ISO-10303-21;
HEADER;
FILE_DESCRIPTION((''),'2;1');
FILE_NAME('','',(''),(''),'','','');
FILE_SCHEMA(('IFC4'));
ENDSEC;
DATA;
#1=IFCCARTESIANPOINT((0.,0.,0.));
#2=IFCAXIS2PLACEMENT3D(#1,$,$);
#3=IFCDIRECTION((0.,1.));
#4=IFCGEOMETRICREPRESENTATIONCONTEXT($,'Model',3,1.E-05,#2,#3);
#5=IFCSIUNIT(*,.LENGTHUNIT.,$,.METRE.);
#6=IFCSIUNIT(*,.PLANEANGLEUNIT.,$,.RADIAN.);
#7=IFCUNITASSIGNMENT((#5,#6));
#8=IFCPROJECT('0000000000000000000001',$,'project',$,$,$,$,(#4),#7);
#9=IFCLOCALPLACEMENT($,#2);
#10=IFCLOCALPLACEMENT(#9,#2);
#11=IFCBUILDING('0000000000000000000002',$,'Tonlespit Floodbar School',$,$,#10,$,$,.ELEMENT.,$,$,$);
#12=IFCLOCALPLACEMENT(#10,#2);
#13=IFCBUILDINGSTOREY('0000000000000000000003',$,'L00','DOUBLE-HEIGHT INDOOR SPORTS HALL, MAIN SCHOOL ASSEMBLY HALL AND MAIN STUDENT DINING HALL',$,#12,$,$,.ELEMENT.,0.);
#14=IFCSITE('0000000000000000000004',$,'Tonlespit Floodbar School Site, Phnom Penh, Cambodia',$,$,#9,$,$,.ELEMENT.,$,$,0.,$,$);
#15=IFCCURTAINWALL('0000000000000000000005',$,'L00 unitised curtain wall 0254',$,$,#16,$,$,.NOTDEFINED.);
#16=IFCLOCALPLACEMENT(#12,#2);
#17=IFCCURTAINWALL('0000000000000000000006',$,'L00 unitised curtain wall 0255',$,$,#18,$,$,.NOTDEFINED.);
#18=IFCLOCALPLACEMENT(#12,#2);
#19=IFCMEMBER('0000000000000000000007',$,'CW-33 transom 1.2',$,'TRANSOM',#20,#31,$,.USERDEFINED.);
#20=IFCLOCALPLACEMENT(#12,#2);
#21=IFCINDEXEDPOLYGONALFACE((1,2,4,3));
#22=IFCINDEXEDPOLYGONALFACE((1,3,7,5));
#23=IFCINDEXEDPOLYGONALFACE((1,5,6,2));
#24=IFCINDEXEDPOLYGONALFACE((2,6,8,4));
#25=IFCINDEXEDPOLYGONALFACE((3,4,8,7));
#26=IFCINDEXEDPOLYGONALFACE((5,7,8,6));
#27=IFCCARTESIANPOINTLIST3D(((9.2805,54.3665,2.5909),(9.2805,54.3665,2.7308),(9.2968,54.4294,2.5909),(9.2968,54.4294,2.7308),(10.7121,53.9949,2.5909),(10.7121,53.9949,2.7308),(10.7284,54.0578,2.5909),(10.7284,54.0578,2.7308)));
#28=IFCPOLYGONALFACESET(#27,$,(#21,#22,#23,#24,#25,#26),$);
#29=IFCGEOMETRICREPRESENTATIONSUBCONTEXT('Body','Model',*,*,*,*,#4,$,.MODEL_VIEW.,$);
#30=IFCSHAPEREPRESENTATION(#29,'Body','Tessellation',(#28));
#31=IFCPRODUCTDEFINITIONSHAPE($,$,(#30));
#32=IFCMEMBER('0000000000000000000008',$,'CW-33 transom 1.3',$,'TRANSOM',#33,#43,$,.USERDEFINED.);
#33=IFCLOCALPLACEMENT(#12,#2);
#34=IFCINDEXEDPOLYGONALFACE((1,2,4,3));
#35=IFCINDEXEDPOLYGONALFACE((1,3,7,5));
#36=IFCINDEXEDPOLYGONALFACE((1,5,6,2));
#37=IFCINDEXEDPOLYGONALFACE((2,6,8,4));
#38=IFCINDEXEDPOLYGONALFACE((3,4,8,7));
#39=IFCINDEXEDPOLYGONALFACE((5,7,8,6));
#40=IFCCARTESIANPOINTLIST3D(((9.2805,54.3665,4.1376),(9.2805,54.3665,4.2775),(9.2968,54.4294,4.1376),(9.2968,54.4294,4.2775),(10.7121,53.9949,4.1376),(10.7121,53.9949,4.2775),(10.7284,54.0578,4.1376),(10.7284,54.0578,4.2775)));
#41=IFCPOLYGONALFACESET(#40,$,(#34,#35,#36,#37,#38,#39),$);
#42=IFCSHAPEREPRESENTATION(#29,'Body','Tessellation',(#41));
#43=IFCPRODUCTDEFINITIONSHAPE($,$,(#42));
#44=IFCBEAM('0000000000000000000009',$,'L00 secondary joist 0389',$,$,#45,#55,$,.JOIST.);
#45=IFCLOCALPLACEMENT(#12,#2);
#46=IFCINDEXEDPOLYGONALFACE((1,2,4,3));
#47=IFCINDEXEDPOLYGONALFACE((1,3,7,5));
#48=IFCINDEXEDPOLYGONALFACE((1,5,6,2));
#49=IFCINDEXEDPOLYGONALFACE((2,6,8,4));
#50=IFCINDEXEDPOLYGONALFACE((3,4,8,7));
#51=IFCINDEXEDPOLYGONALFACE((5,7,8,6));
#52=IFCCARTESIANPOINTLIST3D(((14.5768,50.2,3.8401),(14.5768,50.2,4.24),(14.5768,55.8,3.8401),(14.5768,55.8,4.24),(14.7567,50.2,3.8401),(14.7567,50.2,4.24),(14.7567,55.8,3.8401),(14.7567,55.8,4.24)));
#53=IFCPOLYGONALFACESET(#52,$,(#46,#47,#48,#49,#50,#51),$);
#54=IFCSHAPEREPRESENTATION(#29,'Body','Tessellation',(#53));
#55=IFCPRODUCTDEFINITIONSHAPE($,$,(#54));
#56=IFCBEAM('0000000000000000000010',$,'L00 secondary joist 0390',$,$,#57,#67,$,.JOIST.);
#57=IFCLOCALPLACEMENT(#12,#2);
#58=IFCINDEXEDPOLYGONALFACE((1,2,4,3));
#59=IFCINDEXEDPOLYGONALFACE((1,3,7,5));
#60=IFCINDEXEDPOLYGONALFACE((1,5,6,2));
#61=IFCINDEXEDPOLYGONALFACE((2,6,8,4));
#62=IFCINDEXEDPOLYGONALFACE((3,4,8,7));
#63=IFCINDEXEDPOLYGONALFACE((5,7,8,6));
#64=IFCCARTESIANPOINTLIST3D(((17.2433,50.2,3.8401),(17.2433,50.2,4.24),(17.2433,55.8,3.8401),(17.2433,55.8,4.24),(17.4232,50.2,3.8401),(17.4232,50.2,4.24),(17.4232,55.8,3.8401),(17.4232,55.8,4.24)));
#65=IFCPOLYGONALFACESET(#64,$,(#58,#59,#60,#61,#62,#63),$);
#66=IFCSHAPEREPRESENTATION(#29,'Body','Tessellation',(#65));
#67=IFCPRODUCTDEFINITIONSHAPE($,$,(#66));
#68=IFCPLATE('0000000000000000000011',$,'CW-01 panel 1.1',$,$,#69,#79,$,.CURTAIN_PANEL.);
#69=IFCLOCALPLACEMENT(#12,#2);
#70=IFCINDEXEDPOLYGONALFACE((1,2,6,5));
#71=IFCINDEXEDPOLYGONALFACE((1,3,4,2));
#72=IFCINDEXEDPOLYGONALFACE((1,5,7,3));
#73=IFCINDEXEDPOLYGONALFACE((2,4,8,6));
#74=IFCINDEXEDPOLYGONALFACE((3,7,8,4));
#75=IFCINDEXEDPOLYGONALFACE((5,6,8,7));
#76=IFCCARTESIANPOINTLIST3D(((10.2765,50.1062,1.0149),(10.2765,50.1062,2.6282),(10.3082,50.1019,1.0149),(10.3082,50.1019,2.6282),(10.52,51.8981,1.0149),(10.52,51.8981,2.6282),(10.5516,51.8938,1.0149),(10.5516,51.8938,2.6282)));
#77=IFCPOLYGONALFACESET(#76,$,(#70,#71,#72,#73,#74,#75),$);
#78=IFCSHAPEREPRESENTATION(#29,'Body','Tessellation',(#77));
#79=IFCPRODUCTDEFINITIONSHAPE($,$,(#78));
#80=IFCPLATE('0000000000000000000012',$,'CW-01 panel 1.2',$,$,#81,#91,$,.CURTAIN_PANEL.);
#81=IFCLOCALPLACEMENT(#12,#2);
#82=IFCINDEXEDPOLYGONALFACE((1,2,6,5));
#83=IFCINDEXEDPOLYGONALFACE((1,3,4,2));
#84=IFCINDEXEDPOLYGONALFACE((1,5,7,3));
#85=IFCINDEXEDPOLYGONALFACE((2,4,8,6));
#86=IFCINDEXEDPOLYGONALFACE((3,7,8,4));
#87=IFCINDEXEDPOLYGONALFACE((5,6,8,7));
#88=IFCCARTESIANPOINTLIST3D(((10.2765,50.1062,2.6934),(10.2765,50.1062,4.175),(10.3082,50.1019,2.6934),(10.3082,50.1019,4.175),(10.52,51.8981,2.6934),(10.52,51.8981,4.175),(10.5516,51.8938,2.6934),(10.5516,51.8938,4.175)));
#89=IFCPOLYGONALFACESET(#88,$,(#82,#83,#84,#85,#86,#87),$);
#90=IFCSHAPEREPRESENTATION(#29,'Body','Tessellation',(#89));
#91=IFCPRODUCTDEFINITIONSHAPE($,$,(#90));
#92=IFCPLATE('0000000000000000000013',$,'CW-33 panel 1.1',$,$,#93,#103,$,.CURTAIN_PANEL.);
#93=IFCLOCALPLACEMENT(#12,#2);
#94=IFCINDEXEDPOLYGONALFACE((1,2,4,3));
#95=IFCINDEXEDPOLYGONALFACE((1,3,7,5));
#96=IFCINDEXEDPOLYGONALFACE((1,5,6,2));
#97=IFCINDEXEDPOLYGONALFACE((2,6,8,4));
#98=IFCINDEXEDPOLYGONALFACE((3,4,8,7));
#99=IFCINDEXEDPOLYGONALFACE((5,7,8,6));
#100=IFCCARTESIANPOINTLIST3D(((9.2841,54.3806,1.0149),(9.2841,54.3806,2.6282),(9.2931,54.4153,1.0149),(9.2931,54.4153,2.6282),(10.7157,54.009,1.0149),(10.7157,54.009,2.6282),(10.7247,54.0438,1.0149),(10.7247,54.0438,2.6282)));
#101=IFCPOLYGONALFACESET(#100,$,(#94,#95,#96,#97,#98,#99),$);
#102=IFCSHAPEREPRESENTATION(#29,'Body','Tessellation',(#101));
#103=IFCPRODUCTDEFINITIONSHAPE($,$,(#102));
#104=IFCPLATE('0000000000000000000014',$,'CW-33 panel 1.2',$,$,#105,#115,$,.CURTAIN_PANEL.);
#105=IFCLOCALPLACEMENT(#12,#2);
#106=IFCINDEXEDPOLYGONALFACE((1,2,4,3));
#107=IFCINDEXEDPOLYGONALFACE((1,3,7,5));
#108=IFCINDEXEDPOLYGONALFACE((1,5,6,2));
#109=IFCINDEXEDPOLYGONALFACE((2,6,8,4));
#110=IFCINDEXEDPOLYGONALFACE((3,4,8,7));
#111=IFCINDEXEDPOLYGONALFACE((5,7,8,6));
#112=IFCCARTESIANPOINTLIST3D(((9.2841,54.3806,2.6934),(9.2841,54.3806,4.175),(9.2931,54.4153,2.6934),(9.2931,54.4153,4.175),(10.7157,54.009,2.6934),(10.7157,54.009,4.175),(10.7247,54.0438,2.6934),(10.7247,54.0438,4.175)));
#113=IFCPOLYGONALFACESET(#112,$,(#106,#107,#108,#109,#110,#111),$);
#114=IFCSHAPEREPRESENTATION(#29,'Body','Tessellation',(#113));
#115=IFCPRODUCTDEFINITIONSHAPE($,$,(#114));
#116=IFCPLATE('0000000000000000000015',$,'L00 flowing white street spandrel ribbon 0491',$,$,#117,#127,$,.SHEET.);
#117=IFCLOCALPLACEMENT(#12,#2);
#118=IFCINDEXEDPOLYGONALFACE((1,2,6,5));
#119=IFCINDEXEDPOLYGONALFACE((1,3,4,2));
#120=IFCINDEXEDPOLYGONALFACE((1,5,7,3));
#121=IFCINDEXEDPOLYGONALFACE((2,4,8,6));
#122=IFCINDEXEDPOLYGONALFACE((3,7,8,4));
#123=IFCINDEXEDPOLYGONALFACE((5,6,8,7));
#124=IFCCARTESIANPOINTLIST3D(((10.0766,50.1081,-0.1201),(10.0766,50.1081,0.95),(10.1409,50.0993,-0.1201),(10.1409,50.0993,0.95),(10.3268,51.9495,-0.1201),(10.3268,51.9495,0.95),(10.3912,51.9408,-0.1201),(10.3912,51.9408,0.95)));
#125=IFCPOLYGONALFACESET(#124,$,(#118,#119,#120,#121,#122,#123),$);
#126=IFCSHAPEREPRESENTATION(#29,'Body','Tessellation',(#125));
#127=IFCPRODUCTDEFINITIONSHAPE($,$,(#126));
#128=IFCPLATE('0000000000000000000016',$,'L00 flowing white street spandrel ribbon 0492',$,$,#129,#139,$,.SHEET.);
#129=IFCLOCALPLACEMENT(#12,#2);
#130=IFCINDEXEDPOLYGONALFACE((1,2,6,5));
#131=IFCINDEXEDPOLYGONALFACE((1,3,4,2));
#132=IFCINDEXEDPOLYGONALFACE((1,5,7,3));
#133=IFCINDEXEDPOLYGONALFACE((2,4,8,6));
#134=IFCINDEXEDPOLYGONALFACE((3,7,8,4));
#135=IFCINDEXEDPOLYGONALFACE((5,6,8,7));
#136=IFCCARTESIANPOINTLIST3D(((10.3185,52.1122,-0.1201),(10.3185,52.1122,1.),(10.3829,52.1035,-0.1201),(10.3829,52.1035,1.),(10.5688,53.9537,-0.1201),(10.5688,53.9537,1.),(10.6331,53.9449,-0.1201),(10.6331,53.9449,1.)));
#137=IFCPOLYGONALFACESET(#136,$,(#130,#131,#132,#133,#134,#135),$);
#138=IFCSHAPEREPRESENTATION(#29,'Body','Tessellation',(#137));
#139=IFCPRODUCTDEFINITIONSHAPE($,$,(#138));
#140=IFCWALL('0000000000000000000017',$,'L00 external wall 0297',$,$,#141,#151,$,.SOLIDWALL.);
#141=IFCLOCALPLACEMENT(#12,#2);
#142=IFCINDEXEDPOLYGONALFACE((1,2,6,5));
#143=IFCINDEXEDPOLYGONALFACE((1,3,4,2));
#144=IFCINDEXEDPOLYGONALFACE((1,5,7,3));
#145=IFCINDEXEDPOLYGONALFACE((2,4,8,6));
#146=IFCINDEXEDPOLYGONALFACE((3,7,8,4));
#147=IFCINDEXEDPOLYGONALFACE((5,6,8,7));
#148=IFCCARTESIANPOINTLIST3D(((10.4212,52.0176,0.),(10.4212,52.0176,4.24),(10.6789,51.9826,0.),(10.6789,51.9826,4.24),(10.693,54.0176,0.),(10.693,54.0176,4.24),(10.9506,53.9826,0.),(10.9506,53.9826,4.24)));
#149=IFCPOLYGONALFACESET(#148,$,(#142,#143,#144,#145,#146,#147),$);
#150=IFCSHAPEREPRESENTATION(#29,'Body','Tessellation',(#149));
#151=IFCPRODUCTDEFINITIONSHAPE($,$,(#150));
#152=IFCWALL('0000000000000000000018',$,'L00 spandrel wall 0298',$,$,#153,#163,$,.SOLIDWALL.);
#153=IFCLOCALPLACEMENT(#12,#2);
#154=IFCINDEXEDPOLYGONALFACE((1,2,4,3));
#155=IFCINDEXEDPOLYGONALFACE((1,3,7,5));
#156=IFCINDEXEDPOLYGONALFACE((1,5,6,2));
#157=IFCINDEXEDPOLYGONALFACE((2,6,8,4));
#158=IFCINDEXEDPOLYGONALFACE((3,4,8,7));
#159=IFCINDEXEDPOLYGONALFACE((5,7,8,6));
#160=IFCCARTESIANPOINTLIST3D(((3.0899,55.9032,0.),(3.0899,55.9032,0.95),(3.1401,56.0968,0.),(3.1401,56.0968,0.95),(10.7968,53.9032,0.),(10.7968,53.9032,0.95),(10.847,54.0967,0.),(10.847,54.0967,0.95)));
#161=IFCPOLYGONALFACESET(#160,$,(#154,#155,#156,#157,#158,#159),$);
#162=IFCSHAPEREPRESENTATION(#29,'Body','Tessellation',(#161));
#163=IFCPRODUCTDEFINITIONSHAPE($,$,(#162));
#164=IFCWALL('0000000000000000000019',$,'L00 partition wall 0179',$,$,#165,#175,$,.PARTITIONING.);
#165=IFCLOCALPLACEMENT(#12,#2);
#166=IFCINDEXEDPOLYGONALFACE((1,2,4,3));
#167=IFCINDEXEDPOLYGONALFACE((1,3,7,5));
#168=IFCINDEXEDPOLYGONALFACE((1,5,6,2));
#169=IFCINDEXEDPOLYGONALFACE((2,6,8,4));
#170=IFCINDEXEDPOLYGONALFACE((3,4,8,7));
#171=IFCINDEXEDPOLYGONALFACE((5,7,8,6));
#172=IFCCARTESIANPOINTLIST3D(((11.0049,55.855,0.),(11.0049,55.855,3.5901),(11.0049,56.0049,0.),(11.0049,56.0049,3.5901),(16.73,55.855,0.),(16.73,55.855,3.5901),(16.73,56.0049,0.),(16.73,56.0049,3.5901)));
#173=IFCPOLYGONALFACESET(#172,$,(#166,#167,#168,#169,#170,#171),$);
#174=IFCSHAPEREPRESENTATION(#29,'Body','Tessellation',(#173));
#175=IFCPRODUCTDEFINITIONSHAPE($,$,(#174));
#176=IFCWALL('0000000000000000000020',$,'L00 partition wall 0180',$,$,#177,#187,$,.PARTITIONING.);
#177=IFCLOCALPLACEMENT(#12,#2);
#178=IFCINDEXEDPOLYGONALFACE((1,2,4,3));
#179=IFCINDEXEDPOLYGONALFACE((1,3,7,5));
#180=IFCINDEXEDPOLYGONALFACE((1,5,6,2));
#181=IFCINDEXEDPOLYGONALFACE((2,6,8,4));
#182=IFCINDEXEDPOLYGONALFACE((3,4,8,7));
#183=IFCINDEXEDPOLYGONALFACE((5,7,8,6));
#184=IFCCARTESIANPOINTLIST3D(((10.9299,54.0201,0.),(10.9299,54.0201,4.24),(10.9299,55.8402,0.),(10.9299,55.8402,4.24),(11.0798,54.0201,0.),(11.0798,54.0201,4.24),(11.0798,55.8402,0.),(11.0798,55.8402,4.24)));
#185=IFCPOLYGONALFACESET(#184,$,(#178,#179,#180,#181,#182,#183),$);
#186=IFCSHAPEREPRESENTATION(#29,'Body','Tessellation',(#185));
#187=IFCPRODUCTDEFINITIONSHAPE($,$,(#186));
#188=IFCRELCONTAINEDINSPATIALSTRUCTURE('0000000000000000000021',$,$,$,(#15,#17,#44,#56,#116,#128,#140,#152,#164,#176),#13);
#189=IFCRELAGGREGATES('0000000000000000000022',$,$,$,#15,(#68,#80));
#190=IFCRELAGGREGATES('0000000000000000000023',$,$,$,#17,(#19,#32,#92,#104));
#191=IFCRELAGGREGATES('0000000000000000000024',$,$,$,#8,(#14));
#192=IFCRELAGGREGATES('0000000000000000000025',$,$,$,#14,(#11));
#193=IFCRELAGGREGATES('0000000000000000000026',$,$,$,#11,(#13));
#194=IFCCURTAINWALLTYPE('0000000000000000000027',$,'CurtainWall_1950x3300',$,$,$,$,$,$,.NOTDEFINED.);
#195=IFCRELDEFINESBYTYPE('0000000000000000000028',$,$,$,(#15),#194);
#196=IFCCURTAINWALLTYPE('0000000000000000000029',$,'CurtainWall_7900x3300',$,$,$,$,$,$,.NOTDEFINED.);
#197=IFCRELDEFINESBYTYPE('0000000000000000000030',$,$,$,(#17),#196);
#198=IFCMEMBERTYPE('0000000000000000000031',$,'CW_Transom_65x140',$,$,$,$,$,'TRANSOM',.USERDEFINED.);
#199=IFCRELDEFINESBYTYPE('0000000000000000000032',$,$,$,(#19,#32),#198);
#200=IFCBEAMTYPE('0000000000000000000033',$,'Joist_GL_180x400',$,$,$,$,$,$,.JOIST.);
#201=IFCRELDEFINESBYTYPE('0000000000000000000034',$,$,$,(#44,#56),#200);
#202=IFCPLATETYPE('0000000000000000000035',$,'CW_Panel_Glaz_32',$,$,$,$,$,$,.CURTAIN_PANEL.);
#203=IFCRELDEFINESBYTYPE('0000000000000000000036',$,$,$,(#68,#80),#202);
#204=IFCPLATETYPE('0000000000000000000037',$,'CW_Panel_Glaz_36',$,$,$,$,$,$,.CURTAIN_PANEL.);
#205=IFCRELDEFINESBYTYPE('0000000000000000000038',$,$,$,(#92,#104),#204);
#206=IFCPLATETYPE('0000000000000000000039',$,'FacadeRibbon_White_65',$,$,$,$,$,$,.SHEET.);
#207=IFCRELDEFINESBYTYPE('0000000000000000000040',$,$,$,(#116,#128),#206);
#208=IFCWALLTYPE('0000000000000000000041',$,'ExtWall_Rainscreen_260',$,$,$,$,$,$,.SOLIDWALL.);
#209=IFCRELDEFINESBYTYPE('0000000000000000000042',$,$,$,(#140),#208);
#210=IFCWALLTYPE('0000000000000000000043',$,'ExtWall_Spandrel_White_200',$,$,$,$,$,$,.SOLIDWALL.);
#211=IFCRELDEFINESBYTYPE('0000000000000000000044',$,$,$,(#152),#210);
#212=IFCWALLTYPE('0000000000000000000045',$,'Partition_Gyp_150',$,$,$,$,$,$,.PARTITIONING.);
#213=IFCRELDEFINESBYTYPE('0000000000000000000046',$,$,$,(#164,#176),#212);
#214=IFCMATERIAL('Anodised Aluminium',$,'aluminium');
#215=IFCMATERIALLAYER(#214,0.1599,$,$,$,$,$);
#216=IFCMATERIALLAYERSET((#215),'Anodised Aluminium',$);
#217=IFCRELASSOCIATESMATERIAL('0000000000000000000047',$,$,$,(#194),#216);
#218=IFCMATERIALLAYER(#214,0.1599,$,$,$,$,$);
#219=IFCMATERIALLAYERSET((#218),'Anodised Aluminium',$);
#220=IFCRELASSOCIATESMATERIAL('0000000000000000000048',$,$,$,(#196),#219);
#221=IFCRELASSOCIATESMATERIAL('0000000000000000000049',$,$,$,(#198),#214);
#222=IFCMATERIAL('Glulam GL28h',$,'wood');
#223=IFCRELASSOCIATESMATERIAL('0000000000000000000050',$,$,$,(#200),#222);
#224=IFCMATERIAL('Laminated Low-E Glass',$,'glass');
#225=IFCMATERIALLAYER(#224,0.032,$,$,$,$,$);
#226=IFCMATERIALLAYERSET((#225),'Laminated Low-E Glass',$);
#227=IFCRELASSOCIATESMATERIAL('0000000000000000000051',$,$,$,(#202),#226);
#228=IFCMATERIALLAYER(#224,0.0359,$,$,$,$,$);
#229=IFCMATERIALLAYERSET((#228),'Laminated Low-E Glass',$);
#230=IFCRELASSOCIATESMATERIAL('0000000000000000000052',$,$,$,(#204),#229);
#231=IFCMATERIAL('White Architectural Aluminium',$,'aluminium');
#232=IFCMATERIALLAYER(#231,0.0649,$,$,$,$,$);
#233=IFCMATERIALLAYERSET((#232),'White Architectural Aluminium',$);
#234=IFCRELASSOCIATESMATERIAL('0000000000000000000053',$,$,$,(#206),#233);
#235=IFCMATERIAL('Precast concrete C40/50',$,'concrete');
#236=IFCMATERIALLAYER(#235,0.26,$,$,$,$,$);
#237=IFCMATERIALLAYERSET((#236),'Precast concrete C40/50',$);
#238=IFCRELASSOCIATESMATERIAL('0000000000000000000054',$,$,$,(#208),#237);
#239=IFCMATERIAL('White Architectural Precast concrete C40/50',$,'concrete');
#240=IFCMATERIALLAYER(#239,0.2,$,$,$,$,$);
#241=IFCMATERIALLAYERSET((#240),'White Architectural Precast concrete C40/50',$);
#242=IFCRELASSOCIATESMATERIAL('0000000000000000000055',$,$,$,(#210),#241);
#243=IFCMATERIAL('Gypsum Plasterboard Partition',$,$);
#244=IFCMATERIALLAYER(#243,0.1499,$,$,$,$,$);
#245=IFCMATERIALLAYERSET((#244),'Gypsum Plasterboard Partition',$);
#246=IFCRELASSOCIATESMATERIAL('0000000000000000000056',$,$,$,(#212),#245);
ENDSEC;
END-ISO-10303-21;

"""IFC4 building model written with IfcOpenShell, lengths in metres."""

from ifc_helpers import new_model, si_unit, direction, frame, frame_2d, origin, origin_2d, place, context, subcontext, project, spatial, rectangle, extrude, material, layer, layer_set, material_profile, profile_set, type_object, element, aggregate, save


model = new_model("IFC4")

# Units and contexts
model_context = context("Model", 3, precision=1e-05, world=origin(), true_north=direction((0.0, 1.0)))
body_context = subcontext(model_context, "Body", "Model", "MODEL_VIEW")
ifc_project = project(units=[si_unit("LENGTHUNIT", "METRE"), si_unit("PLANEANGLEUNIT", "RADIAN")], contexts=[model_context])

# Site, building, storey
site_placement = place(None, origin())
site = spatial("IfcSite", under=ifc_project, at=site_placement, Name="Tonlespit Floodbar School Site, Phnom Penh, Cambodia", CompositionType="ELEMENT", RefElevation=0.0)
building_placement = place(site_placement, origin())
building = spatial("IfcBuilding", under=site, at=building_placement, Name="Tonlespit Floodbar School", CompositionType="ELEMENT")
storey_placement = place(building_placement, origin())
storey = spatial("IfcBuildingStorey", under=building, at=storey_placement, Name="L00", Description="DOUBLE-HEIGHT INDOOR SPORTS HALL, MAIN SCHOOL ASSEMBLY HALL AND MAIN STUDENT DINING HALL", CompositionType="ELEMENT", Elevation=0.0)

# Curtain wall
ifc_material_1 = material(Name="Anodised Aluminium", Category="aluminium")
ifc_layer_1 = layer(ifc_material_1, 0.1599)
ifc_layer_set_1 = layer_set([ifc_layer_1], Name="Anodised Aluminium")
curtain_wall_type_1 = type_object("IfcCurtainWallType", Name="CurtainWall_1950x3300", PredefinedType="NOTDEFINED", material=ifc_layer_set_1)
curtain_wall_1_placement = place(storey_placement, origin())
curtain_wall_1 = element("IfcCurtainWall", 1, at=curtain_wall_1_placement, inside=storey, type_object=curtain_wall_type_1, Name="L00 unitised curtain wall 0254", PredefinedType="NOTDEFINED")

# Curtain wall
ifc_layer_2 = layer(ifc_material_1, 0.1599)
ifc_layer_set_2 = layer_set([ifc_layer_2], Name="Anodised Aluminium")
curtain_wall_type_2 = type_object("IfcCurtainWallType", Name="CurtainWall_7900x3300", PredefinedType="NOTDEFINED", material=ifc_layer_set_2)
curtain_wall_2_placement = place(storey_placement, origin())
curtain_wall_2 = element("IfcCurtainWall", 2, at=curtain_wall_2_placement, inside=storey, type_object=curtain_wall_type_2, Name="L00 unitised curtain wall 0255", PredefinedType="NOTDEFINED")

# Members
ifc_material_profile_1 = material_profile(ifc_material_1, rectangle(XDim=0.0649, YDim=0.1399, at=origin_2d()), Name="ALU T65x140")
ifc_profile_set_1 = profile_set([ifc_material_profile_1], Name="Anodised Aluminium")
member_type_1 = type_object("IfcMemberType", Name="CW_Transom_65x140", ElementType="TRANSOM", PredefinedType="USERDEFINED", material=ifc_profile_set_1)
member_1_placement = place(storey_placement, frame((10.7202, 54.0264, 2.6609), z_axis=(-0.967929, 0.251226, 0.0), x_axis=(-0.251226, -0.967929, 0.0)))
member_1 = element("IfcMember", 3, at=member_1_placement, type_object=member_type_1, Name="CW-33 transom 1.2", ObjectType="TRANSOM", PredefinedType="USERDEFINED", context=body_context, shape_type="SweptSolid", body=[
    extrude(rectangle(XDim=0.0649, YDim=0.1399, at=origin_2d()), origin(), (0.0, 0.0, 1.0), 1.479),
])
member_2_placement = place(storey_placement, frame((10.7202, 54.0264, 4.2075), z_axis=(-0.967929, 0.251226, 0.0), x_axis=(-0.251226, -0.967929, 0.0)))
member_2 = element("IfcMember", 4, at=member_2_placement, type_object=member_type_1, Name="CW-33 transom 1.3", ObjectType="TRANSOM", PredefinedType="USERDEFINED", context=body_context, shape_type="SweptSolid", body=[
    extrude(rectangle(XDim=0.0649, YDim=0.1399, at=origin_2d()), origin(), (0.0, 0.0, 1.0), 1.479),
])

# Beams
ifc_material_2 = material(Name="Glulam GL28h", Category="wood")
ifc_material_profile_2 = material_profile(ifc_material_2, rectangle(XDim=0.1799, YDim=0.3999, at=origin_2d()), Name="GL 180x400")
ifc_profile_set_2 = profile_set([ifc_material_profile_2], Name="Glulam GL28h")
beam_type_1 = type_object("IfcBeamType", Name="Joist_GL_180x400", PredefinedType="JOIST", material=ifc_profile_set_2)
for number, where, z_axis, x_axis, name in (
    (5, (14.6667, 50.2, 4.04), (0.0, 1.0, 0.0), (-1.0, 0.0, 0.0), "L00 secondary joist 0389"),
    (6, (17.3333, 50.2, 4.04), (0.0, 1.0, 0.0), (-1.0, 0.0, 0.0), "L00 secondary joist 0390"),
):
    element("IfcBeam", number, at=place(storey_placement, frame(where, z_axis=z_axis, x_axis=x_axis)), inside=storey, type_object=beam_type_1, Name=name, PredefinedType="JOIST", context=body_context, shape_type="SweptSolid", body=[
        extrude(rectangle(XDim=0.1799, YDim=0.3999, at=origin_2d()), origin(), (0.0, 0.0, 1.0), 5.6001),
    ])

# Plates
ifc_material_3 = material(Name="Laminated Low-E Glass", Category="glass")
ifc_layer_3 = layer(ifc_material_3, 0.032)
ifc_layer_set_3 = layer_set([ifc_layer_3], Name="Laminated Low-E Glass")
plate_type_1 = type_object("IfcPlateType", Name="CW_Panel_Glaz_32", PredefinedType="CURTAIN_PANEL", material=ifc_layer_set_3)
plate_1_placement = place(storey_placement, frame((10.4141, 51.0, 1.0149), z_axis=(0.0, 0.0, 1.0), x_axis=(0.134644, 0.990894, 0.0)))
plate_1 = element("IfcPlate", 7, at=plate_1_placement, type_object=plate_type_1, Name="CW-01 panel 1.1", PredefinedType="CURTAIN_PANEL", context=body_context, shape_type="SweptSolid", body=[
    extrude(rectangle(XDim=1.8083, YDim=0.032, at=origin_2d()), origin(), (0.0, 0.0, 1.0), 1.6133),
])
plate_2_placement = place(storey_placement, frame((10.4141, 51.0, 2.6934), z_axis=(0.0, 0.0, 1.0), x_axis=(0.134644, 0.990894, 0.0)))
plate_2 = element("IfcPlate", 8, at=plate_2_placement, type_object=plate_type_1, Name="CW-01 panel 1.2", PredefinedType="CURTAIN_PANEL", context=body_context, shape_type="SweptSolid", body=[
    extrude(rectangle(XDim=1.8083, YDim=0.032, at=origin_2d()), origin(), (0.0, 0.0, 1.0), 1.4817),
])
aggregate(curtain_wall_1, [plate_1, plate_2])
ifc_layer_4 = layer(ifc_material_3, 0.0359)
ifc_layer_set_4 = layer_set([ifc_layer_4], Name="Laminated Low-E Glass")
plate_type_2 = type_object("IfcPlateType", Name="CW_Panel_Glaz_36", PredefinedType="CURTAIN_PANEL", material=ifc_layer_set_4)
plate_3_placement = place(storey_placement, frame((10.0044, 54.2122, 1.0149), z_axis=(0.0, 0.0, 1.0), x_axis=(-0.967935, 0.251201, 0.0)))
plate_3 = element("IfcPlate", 9, at=plate_3_placement, type_object=plate_type_2, Name="CW-33 panel 1.1", PredefinedType="CURTAIN_PANEL", context=body_context, shape_type="SweptSolid", body=[
    extrude(rectangle(XDim=1.479, YDim=0.0359, at=origin_2d()), origin(), (0.0, 0.0, 1.0), 1.6133),
])
plate_4_placement = place(storey_placement, frame((10.0044, 54.2122, 2.6934), z_axis=(0.0, 0.0, 1.0), x_axis=(-0.967935, 0.251201, 0.0)))
plate_4 = element("IfcPlate", 10, at=plate_4_placement, type_object=plate_type_2, Name="CW-33 panel 1.2", PredefinedType="CURTAIN_PANEL", context=body_context, shape_type="SweptSolid", body=[
    extrude(rectangle(XDim=1.479, YDim=0.0359, at=origin_2d()), origin(), (0.0, 0.0, 1.0), 1.4817),
])
aggregate(curtain_wall_2, [member_1, member_2, plate_3, plate_4])

# Plates
ifc_material_4 = material(Name="White Architectural Aluminium", Category="aluminium")
ifc_layer_5 = layer(ifc_material_4, 0.0649)
ifc_layer_set_5 = layer_set([ifc_layer_5], Name="White Architectural Aluminium")
plate_type_3 = type_object("IfcPlateType", Name="FacadeRibbon_White_65", PredefinedType="SHEET", material=ifc_layer_set_5)
plate_5_placement = place(storey_placement, frame((10.2339, 51.0244, -0.1201), z_axis=(0.0, 0.0, 1.0), x_axis=(0.134662, 0.990892, 0.0)))
element("IfcPlate", 11, at=plate_5_placement, inside=storey, type_object=plate_type_3, Name="L00 flowing white street spandrel ribbon 0491", PredefinedType="SHEET", context=body_context, shape_type="SweptSolid", body=[
    extrude(rectangle(XDim=1.8584, YDim=0.0649, at=origin_2d()), origin(), (0.0, 0.0, 1.0), 1.0701),
])
plate_6_placement = place(storey_placement, frame((10.4758, 53.0286, -0.1201), z_axis=(0.0, 0.0, 1.0), x_axis=(0.134662, 0.990892, 0.0)))
element("IfcPlate", 12, at=plate_6_placement, inside=storey, type_object=plate_type_3, Name="L00 flowing white street spandrel ribbon 0492", PredefinedType="SHEET", context=body_context, shape_type="SweptSolid", body=[
    extrude(rectangle(XDim=1.8584, YDim=0.0649, at=origin_2d()), origin(), (0.0, 0.0, 1.0), 1.1201),
])

# Walls
ifc_material_5 = material(Name="Precast concrete C40/50", Category="concrete")
ifc_layer_6 = layer(ifc_material_5, 0.26)
ifc_layer_set_6 = layer_set([ifc_layer_6], Name="Precast concrete C40/50")
wall_type_1 = type_object("IfcWallType", Name="ExtWall_Rainscreen_260", PredefinedType="SOLIDWALL", material=ifc_layer_set_6)
wall_1_placement = place(storey_placement, frame((10.55, 52.0, 0.0), z_axis=(0.0, 0.0, 1.0), x_axis=(0.134627, 0.990896, 0.0)))
element("IfcWall", 13, at=wall_1_placement, inside=storey, type_object=wall_type_1, Name="L00 external wall 0297", PredefinedType="SOLIDWALL", context=body_context, shape_type="SweptSolid", body=[
    extrude(rectangle(XDim=2.0183, YDim=0.26, at=frame_2d((1.0093, 0.0))), origin(), (0.0, 0.0, 1.0), 4.24),
])
ifc_material_6 = material(Name="White Architectural Precast concrete C40/50", Category="concrete")
ifc_layer_7 = layer(ifc_material_6, 0.2)
ifc_layer_set_7 = layer_set([ifc_layer_7], Name="White Architectural Precast concrete C40/50")
wall_type_2 = type_object("IfcWallType", Name="ExtWall_Spandrel_White_200", PredefinedType="SOLIDWALL", material=ifc_layer_set_7)
wall_2_placement = place(storey_placement, frame((10.8218, 54.0, 0.0), z_axis=(0.0, 0.0, 1.0), x_axis=(-0.967938, 0.251191, 0.0)))
element("IfcWall", 14, at=wall_2_placement, inside=storey, type_object=wall_type_2, Name="L00 spandrel wall 0298", PredefinedType="SOLIDWALL", context=body_context, shape_type="SweptSolid", body=[
    extrude(rectangle(XDim=7.9622, YDim=0.2, at=frame_2d((3.981, 0.0))), origin(), (0.0, 0.0, 1.0), 0.95),
])
ifc_material_7 = material(Name="Gypsum Plasterboard Partition")
ifc_layer_8 = layer(ifc_material_7, 0.1499)
ifc_layer_set_8 = layer_set([ifc_layer_8], Name="Gypsum Plasterboard Partition")
wall_type_3 = type_object("IfcWallType", Name="Partition_Gyp_150", PredefinedType="PARTITIONING", material=ifc_layer_set_8)
wall_3_placement = place(storey_placement, frame((11.0049, 55.9299, 0.0), z_axis=(0.0, 0.0, 1.0), x_axis=(1.0, 0.0, 0.0)))
element("IfcWall", 15, at=wall_3_placement, inside=storey, type_object=wall_type_3, Name="L00 partition wall 0179", PredefinedType="PARTITIONING", context=body_context, shape_type="SweptSolid", body=[
    extrude(rectangle(XDim=5.7251, YDim=0.1499, at=frame_2d((2.8625, 0.0))), origin(), (0.0, 0.0, 1.0), 3.5901),
])
wall_4_placement = place(storey_placement, frame((11.0049, 54.02, 0.0), z_axis=(0.0, 0.0, 1.0), x_axis=(0.0, 1.0, 0.0)))
element("IfcWall", 16, at=wall_4_placement, inside=storey, type_object=wall_type_3, Name="L00 partition wall 0180", PredefinedType="PARTITIONING", context=body_context, shape_type="SweptSolid", body=[
    extrude(rectangle(XDim=1.8201, YDim=0.1499, at=frame_2d((0.9102, 0.0))), origin(), (0.0, 0.0, 1.0), 4.24),
])

save(model, "model.ifc")
